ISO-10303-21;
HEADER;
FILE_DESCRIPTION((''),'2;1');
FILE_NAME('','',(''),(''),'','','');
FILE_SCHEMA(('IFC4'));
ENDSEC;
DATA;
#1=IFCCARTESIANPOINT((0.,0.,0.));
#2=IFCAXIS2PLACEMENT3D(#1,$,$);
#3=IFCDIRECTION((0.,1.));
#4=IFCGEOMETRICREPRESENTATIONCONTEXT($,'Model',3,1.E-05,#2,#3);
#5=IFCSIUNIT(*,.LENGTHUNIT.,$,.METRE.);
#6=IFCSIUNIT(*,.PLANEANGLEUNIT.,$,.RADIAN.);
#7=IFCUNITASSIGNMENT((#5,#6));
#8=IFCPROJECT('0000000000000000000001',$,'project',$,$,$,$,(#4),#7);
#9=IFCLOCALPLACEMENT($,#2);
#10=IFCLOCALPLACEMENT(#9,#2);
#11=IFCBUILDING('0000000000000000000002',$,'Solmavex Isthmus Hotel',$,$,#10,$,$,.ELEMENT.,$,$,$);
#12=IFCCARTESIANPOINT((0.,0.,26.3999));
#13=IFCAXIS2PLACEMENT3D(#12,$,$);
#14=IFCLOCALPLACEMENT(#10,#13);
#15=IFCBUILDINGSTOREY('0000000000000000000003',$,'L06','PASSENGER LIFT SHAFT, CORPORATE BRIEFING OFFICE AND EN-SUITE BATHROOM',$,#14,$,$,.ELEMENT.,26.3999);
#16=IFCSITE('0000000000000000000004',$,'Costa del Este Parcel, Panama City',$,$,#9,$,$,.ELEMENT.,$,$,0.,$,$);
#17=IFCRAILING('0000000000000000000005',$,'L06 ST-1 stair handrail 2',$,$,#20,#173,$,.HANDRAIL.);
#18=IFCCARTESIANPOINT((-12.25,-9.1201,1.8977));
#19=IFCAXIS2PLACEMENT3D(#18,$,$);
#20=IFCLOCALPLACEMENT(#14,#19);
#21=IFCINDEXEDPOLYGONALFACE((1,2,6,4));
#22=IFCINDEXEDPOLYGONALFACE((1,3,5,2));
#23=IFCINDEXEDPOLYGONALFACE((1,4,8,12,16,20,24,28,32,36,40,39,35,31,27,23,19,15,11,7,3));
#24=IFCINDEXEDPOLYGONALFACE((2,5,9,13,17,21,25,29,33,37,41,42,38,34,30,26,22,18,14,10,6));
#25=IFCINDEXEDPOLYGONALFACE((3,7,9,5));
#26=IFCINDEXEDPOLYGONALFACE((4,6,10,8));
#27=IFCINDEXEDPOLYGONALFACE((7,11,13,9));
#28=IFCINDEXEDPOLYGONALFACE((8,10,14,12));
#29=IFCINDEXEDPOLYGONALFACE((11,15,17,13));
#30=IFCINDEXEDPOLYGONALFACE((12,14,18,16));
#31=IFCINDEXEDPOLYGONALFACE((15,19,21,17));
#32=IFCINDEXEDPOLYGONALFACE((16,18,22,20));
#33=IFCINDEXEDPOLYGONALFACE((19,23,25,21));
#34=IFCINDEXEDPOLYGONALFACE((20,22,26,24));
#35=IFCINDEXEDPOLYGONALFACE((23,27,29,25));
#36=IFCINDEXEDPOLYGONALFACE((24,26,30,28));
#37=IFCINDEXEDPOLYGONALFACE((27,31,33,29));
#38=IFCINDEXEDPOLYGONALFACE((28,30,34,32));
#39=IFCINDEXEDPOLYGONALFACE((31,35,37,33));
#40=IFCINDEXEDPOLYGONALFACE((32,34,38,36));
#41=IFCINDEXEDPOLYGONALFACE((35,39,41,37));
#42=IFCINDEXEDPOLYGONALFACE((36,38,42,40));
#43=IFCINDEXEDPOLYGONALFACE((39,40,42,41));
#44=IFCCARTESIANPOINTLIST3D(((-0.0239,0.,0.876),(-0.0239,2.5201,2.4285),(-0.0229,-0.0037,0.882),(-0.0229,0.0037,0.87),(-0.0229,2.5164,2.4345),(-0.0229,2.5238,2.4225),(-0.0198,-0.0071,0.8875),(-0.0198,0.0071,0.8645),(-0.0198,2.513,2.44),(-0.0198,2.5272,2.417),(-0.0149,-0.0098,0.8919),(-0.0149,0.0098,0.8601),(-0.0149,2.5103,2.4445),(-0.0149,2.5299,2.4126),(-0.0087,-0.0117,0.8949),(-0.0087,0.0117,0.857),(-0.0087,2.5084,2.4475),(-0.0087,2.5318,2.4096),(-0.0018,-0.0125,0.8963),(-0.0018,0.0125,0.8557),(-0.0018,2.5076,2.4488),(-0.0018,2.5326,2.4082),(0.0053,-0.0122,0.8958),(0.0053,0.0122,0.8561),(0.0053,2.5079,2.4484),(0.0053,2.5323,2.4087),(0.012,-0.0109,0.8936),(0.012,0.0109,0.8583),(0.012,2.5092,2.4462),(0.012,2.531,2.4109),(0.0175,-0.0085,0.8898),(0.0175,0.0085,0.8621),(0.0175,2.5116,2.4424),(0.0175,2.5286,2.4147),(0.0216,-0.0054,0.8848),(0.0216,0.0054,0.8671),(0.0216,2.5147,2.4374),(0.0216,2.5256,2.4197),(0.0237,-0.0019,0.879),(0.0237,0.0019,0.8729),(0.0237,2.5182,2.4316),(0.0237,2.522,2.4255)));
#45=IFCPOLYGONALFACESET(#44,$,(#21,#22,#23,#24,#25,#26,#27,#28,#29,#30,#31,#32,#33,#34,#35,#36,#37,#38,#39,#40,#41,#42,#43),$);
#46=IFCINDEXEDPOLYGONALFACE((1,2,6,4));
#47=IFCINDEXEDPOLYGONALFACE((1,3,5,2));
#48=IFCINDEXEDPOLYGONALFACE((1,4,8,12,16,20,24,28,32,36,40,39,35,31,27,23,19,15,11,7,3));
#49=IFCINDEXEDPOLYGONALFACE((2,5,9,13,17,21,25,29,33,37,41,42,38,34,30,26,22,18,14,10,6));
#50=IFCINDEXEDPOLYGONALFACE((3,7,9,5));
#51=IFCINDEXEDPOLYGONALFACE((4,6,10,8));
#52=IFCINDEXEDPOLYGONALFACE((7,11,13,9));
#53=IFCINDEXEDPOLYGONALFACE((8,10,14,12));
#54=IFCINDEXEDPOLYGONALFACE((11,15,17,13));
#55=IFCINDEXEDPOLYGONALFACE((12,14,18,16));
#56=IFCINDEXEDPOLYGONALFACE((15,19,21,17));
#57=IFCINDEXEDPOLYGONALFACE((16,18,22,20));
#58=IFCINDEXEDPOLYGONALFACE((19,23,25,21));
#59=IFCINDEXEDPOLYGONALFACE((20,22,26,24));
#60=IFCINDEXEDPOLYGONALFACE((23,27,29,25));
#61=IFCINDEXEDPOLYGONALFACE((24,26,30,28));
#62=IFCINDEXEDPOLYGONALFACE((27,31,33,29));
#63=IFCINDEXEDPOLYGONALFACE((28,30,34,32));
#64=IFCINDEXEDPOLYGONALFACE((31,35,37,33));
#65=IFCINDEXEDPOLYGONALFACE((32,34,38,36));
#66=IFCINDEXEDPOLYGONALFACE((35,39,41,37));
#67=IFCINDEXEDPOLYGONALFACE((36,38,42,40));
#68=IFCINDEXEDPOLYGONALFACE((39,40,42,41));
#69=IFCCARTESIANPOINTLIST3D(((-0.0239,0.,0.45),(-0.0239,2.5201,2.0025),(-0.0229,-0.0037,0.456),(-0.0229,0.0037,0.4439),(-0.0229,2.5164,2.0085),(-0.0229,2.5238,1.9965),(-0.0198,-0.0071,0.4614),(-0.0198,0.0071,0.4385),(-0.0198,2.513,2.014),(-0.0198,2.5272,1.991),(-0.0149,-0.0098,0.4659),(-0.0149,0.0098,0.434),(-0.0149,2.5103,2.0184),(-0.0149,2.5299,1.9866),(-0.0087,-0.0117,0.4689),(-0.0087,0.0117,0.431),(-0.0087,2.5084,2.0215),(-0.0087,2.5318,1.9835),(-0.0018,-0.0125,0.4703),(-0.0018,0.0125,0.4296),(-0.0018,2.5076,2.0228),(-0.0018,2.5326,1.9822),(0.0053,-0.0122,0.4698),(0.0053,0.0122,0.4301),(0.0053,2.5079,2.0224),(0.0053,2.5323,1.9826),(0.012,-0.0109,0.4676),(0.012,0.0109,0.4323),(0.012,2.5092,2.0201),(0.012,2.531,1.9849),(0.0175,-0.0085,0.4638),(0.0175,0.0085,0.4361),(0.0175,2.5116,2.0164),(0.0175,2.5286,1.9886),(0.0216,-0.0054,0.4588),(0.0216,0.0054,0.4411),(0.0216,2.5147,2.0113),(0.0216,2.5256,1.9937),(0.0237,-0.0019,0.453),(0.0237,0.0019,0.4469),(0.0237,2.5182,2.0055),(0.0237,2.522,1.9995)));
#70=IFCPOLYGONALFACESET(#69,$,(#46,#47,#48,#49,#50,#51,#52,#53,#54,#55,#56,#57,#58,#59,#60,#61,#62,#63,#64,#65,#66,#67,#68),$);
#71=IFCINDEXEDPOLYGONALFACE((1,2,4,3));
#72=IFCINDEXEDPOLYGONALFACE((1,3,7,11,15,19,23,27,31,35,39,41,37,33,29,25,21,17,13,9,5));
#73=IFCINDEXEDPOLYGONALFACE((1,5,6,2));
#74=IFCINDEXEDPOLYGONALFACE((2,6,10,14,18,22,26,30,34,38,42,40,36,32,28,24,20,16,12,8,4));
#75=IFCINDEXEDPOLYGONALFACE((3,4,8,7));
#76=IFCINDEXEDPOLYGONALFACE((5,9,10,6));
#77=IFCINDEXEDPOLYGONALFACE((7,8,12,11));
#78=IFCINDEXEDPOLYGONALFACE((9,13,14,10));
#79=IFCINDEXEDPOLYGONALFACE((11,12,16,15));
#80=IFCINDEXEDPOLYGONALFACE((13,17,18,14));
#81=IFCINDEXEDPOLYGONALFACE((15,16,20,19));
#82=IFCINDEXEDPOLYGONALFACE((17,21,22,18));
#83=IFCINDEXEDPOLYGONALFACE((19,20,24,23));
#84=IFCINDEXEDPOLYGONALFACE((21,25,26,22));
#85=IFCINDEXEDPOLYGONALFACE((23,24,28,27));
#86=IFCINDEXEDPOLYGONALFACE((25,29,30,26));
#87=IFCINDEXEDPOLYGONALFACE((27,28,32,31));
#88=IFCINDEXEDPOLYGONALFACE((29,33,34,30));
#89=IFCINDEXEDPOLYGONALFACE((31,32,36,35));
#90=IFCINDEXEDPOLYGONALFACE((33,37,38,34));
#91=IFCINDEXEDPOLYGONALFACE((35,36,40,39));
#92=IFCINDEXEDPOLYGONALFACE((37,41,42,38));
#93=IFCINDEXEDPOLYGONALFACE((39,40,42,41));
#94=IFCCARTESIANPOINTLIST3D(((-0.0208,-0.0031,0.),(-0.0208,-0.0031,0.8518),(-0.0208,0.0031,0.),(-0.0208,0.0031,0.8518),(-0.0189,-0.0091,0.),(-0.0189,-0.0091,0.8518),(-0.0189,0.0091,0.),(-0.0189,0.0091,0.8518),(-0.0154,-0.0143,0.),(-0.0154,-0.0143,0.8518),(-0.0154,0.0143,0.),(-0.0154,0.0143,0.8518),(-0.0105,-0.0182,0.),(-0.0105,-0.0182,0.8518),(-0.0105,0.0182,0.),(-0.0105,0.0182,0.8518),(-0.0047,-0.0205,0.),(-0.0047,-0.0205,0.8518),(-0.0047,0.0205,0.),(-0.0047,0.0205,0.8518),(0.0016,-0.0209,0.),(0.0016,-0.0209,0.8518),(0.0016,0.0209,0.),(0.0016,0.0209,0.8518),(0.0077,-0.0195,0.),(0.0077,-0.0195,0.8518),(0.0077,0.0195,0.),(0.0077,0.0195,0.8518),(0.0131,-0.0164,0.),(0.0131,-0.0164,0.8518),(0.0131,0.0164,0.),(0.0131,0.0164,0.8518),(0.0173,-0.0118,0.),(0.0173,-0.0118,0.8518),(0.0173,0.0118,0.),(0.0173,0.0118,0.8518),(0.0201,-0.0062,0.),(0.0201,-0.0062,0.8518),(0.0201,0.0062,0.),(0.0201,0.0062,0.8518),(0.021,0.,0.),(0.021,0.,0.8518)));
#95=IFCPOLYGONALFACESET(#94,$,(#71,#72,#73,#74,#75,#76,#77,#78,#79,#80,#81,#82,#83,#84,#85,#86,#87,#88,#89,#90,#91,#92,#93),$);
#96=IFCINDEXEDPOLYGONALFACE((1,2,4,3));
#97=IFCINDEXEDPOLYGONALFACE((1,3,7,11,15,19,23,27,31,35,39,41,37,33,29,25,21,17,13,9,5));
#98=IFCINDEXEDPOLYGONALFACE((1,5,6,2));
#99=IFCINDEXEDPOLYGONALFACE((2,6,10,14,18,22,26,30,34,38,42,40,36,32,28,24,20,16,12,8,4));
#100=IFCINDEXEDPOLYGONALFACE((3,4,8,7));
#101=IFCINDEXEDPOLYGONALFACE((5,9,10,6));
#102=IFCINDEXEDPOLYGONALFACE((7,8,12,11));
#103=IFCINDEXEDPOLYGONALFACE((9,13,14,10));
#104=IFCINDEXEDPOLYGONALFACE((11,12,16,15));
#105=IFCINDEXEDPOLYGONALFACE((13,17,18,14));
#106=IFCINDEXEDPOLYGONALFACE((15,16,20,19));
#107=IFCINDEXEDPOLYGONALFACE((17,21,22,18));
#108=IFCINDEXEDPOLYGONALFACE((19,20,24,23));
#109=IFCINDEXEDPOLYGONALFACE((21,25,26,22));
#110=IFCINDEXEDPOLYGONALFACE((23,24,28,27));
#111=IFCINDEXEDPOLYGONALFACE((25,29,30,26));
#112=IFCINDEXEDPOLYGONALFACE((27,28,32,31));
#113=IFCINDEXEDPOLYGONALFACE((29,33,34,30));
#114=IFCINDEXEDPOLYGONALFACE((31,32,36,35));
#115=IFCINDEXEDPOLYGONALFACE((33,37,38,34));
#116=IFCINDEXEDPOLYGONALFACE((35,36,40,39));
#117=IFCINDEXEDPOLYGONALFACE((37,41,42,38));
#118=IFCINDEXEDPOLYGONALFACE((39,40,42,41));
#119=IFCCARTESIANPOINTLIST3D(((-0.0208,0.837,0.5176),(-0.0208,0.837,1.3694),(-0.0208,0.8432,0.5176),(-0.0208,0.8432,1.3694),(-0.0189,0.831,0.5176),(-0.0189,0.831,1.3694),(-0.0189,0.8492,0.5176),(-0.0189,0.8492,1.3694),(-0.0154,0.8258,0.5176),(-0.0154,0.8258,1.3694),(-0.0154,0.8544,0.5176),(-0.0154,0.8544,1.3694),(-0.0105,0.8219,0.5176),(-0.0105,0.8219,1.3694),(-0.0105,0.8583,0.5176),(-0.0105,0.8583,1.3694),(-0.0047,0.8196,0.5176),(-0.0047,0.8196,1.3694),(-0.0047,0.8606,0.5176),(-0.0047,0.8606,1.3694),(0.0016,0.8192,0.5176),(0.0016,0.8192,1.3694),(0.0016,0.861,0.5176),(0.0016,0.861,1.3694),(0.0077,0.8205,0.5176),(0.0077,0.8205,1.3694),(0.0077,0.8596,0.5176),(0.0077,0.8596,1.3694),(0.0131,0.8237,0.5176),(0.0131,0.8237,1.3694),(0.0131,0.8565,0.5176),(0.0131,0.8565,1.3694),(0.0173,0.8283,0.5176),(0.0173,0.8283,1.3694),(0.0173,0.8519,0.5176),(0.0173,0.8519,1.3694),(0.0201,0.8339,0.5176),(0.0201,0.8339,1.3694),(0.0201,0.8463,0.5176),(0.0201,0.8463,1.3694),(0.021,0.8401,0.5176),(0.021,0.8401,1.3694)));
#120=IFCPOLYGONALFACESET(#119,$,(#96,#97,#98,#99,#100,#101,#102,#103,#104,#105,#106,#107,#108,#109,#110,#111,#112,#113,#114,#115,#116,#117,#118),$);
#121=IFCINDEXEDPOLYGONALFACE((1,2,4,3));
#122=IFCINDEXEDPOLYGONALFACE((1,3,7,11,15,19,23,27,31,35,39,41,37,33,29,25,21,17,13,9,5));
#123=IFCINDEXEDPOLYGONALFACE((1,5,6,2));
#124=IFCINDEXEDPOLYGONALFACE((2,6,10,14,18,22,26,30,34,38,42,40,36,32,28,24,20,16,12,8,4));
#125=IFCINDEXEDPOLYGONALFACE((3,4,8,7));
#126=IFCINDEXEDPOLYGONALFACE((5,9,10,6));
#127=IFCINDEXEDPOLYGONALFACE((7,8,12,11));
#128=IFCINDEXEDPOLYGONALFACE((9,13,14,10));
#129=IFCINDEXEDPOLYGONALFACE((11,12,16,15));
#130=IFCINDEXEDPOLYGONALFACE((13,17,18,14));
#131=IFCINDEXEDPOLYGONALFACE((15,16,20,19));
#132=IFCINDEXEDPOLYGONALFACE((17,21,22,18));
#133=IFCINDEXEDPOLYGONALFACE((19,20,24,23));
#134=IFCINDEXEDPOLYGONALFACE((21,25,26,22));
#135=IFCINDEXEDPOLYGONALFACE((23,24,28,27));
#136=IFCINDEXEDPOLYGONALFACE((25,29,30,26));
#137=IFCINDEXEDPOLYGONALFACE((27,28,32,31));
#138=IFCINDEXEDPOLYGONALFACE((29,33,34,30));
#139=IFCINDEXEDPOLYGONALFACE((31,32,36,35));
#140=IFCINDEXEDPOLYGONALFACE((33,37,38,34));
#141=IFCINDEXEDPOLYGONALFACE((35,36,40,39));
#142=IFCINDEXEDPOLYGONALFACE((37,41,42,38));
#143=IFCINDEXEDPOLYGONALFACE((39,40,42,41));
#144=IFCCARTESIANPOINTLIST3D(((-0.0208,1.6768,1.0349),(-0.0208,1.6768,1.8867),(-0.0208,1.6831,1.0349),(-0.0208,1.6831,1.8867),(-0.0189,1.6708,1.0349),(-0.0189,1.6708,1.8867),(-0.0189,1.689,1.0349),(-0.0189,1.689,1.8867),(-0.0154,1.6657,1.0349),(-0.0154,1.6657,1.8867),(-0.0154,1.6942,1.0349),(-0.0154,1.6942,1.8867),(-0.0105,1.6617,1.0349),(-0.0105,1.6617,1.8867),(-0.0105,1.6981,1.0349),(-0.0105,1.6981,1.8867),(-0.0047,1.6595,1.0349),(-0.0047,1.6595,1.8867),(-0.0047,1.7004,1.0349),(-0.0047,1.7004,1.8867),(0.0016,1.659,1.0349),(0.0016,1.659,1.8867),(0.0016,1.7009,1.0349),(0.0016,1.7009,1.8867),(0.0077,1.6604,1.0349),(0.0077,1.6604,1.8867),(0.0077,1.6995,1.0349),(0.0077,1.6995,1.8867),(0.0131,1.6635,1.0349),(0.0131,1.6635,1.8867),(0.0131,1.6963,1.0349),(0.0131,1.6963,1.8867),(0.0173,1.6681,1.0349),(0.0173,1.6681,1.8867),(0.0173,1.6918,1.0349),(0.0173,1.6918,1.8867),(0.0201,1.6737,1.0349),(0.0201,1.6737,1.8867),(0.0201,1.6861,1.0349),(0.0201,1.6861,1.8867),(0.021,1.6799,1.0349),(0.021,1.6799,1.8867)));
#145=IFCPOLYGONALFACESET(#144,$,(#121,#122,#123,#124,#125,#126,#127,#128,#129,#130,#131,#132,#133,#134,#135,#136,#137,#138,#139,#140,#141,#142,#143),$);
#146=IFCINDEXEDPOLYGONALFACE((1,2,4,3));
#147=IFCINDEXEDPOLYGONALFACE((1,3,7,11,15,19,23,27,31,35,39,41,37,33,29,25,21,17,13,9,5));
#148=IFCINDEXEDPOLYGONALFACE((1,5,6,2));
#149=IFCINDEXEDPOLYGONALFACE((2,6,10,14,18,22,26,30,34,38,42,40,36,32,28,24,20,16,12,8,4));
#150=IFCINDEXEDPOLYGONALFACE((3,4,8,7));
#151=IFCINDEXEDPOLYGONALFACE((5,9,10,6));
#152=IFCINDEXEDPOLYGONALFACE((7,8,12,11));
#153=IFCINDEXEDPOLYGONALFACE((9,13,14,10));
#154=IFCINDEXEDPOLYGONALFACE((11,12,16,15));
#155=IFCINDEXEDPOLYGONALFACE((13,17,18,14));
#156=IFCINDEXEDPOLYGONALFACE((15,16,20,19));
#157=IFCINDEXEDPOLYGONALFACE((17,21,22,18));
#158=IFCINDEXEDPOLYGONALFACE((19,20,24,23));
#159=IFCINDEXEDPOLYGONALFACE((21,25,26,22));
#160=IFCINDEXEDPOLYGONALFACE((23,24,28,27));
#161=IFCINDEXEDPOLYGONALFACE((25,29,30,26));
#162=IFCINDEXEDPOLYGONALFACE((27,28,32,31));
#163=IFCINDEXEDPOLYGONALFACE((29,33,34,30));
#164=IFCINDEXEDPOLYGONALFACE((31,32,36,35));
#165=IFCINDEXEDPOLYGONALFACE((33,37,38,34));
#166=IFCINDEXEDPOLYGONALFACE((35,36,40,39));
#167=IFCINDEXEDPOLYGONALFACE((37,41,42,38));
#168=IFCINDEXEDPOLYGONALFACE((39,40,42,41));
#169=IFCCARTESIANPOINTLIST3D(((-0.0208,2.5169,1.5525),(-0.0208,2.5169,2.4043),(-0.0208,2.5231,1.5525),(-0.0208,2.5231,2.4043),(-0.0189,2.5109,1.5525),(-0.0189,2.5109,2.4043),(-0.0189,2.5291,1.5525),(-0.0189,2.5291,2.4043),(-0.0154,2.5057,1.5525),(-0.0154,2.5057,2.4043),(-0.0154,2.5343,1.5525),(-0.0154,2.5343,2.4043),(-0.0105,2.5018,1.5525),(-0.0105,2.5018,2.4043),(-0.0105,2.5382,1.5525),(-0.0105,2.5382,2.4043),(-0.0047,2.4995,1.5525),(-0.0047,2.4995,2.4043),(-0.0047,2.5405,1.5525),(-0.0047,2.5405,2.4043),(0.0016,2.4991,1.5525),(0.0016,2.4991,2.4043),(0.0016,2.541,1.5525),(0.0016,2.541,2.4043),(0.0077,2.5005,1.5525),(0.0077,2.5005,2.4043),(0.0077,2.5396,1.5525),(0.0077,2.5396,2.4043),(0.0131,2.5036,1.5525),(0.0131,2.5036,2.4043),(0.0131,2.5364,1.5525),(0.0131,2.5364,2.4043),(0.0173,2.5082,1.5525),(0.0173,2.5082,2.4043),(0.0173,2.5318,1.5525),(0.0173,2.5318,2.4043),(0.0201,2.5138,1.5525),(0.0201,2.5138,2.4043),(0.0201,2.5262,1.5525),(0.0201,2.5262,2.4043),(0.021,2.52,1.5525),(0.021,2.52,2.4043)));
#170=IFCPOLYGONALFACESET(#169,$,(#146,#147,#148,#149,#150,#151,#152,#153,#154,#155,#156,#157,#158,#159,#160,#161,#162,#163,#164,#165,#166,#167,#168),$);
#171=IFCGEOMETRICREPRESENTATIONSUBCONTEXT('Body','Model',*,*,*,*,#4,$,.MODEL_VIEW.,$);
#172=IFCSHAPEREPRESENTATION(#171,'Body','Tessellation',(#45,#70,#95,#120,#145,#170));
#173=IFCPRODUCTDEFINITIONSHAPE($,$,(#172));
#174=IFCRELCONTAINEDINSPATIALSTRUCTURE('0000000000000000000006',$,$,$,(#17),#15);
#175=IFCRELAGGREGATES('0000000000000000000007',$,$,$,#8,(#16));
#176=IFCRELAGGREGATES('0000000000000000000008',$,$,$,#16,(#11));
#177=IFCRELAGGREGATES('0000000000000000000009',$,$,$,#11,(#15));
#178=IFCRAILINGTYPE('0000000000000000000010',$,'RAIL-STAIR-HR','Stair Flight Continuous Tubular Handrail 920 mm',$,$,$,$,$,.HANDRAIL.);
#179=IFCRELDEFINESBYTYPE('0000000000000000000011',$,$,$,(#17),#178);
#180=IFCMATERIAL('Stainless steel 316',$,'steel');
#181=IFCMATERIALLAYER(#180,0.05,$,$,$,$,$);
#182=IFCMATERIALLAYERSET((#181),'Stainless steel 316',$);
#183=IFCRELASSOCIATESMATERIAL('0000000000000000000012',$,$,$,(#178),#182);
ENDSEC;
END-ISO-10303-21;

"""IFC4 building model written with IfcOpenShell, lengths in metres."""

from ifc_helpers import new_model, si_unit, direction, frame, origin, origin_2d, place, context, subcontext, project, spatial, circle, extrude, material, layer, layer_set, type_object, element, save


model = new_model("IFC4")

# Units and contexts
model_context = context("Model", 3, precision=1e-05, world=origin(), true_north=direction((0.0, 1.0)))
body_context = subcontext(model_context, "Body", "Model", "MODEL_VIEW")
ifc_project = project(units=[si_unit("LENGTHUNIT", "METRE"), si_unit("PLANEANGLEUNIT", "RADIAN")], contexts=[model_context])

# Site, building, storey
site_placement = place(None, origin())
site = spatial("IfcSite", under=ifc_project, at=site_placement, Name="Costa del Este Parcel, Panama City", CompositionType="ELEMENT", RefElevation=0.0)
building_placement = place(site_placement, origin())
building = spatial("IfcBuilding", under=site, at=building_placement, Name="Solmavex Isthmus Hotel", CompositionType="ELEMENT")
storey_placement = place(building_placement, frame((0.0, 0.0, 26.3999)))
storey = spatial("IfcBuildingStorey", under=building, at=storey_placement, Name="L06", Description="PASSENGER LIFT SHAFT, CORPORATE BRIEFING OFFICE AND EN-SUITE BATHROOM", CompositionType="ELEMENT", Elevation=26.3999)

# Shared definitions
ifc_material_1 = material(Name="Stainless steel 316", Category="steel")

# Railing
ifc_layer_1 = layer(ifc_material_1, 0.05)
ifc_layer_set_1 = layer_set([ifc_layer_1], Name="Stainless steel 316")
railing_type_1 = type_object("IfcRailingType", Name="RAIL-STAIR-HR", Description="Stair Flight Continuous Tubular Handrail 920 mm", PredefinedType="HANDRAIL", material=ifc_layer_set_1)
railing_1_placement = place(storey_placement, frame((-12.25, -9.1201, 1.8977)))
element("IfcRailing", 1, at=railing_1_placement, inside=storey, type_object=railing_type_1, Name="L06 ST-1 stair handrail 2", PredefinedType="HANDRAIL", context=body_context, shape_type="SweptSolid", body=[
    extrude(circle(Radius=0.0239, at=origin_2d()), frame((0.0, 0.0, 0.876), z_axis=(0.0, 0.8514, 0.524516), x_axis=(-1.0, 0.0, 0.0)), (0.0, 0.0, 1.0), 2.96),
    extrude(circle(Radius=0.0239, at=origin_2d()), frame((0.0, 0.0, 0.45), z_axis=(0.0, 0.8514, 0.524516), x_axis=(-1.0, 0.0, 0.0)), (0.0, 0.0, 1.0), 2.96),
    extrude(circle(Radius=0.021, at=origin_2d()), origin(), (0.0, 0.0, 1.0), 0.8518),
    extrude(circle(Radius=0.021, at=origin_2d()), frame((0.0, 0.8401, 0.5176)), (0.0, 0.0, 1.0), 0.8518),
    extrude(circle(Radius=0.021, at=origin_2d()), frame((0.0, 1.6799, 1.0349)), (0.0, 0.0, 1.0), 0.8518),
    extrude(circle(Radius=0.021, at=origin_2d()), frame((0.0, 2.52, 1.5525)), (0.0, 0.0, 1.0), 0.8518),
])

save(model, "model.ifc")
